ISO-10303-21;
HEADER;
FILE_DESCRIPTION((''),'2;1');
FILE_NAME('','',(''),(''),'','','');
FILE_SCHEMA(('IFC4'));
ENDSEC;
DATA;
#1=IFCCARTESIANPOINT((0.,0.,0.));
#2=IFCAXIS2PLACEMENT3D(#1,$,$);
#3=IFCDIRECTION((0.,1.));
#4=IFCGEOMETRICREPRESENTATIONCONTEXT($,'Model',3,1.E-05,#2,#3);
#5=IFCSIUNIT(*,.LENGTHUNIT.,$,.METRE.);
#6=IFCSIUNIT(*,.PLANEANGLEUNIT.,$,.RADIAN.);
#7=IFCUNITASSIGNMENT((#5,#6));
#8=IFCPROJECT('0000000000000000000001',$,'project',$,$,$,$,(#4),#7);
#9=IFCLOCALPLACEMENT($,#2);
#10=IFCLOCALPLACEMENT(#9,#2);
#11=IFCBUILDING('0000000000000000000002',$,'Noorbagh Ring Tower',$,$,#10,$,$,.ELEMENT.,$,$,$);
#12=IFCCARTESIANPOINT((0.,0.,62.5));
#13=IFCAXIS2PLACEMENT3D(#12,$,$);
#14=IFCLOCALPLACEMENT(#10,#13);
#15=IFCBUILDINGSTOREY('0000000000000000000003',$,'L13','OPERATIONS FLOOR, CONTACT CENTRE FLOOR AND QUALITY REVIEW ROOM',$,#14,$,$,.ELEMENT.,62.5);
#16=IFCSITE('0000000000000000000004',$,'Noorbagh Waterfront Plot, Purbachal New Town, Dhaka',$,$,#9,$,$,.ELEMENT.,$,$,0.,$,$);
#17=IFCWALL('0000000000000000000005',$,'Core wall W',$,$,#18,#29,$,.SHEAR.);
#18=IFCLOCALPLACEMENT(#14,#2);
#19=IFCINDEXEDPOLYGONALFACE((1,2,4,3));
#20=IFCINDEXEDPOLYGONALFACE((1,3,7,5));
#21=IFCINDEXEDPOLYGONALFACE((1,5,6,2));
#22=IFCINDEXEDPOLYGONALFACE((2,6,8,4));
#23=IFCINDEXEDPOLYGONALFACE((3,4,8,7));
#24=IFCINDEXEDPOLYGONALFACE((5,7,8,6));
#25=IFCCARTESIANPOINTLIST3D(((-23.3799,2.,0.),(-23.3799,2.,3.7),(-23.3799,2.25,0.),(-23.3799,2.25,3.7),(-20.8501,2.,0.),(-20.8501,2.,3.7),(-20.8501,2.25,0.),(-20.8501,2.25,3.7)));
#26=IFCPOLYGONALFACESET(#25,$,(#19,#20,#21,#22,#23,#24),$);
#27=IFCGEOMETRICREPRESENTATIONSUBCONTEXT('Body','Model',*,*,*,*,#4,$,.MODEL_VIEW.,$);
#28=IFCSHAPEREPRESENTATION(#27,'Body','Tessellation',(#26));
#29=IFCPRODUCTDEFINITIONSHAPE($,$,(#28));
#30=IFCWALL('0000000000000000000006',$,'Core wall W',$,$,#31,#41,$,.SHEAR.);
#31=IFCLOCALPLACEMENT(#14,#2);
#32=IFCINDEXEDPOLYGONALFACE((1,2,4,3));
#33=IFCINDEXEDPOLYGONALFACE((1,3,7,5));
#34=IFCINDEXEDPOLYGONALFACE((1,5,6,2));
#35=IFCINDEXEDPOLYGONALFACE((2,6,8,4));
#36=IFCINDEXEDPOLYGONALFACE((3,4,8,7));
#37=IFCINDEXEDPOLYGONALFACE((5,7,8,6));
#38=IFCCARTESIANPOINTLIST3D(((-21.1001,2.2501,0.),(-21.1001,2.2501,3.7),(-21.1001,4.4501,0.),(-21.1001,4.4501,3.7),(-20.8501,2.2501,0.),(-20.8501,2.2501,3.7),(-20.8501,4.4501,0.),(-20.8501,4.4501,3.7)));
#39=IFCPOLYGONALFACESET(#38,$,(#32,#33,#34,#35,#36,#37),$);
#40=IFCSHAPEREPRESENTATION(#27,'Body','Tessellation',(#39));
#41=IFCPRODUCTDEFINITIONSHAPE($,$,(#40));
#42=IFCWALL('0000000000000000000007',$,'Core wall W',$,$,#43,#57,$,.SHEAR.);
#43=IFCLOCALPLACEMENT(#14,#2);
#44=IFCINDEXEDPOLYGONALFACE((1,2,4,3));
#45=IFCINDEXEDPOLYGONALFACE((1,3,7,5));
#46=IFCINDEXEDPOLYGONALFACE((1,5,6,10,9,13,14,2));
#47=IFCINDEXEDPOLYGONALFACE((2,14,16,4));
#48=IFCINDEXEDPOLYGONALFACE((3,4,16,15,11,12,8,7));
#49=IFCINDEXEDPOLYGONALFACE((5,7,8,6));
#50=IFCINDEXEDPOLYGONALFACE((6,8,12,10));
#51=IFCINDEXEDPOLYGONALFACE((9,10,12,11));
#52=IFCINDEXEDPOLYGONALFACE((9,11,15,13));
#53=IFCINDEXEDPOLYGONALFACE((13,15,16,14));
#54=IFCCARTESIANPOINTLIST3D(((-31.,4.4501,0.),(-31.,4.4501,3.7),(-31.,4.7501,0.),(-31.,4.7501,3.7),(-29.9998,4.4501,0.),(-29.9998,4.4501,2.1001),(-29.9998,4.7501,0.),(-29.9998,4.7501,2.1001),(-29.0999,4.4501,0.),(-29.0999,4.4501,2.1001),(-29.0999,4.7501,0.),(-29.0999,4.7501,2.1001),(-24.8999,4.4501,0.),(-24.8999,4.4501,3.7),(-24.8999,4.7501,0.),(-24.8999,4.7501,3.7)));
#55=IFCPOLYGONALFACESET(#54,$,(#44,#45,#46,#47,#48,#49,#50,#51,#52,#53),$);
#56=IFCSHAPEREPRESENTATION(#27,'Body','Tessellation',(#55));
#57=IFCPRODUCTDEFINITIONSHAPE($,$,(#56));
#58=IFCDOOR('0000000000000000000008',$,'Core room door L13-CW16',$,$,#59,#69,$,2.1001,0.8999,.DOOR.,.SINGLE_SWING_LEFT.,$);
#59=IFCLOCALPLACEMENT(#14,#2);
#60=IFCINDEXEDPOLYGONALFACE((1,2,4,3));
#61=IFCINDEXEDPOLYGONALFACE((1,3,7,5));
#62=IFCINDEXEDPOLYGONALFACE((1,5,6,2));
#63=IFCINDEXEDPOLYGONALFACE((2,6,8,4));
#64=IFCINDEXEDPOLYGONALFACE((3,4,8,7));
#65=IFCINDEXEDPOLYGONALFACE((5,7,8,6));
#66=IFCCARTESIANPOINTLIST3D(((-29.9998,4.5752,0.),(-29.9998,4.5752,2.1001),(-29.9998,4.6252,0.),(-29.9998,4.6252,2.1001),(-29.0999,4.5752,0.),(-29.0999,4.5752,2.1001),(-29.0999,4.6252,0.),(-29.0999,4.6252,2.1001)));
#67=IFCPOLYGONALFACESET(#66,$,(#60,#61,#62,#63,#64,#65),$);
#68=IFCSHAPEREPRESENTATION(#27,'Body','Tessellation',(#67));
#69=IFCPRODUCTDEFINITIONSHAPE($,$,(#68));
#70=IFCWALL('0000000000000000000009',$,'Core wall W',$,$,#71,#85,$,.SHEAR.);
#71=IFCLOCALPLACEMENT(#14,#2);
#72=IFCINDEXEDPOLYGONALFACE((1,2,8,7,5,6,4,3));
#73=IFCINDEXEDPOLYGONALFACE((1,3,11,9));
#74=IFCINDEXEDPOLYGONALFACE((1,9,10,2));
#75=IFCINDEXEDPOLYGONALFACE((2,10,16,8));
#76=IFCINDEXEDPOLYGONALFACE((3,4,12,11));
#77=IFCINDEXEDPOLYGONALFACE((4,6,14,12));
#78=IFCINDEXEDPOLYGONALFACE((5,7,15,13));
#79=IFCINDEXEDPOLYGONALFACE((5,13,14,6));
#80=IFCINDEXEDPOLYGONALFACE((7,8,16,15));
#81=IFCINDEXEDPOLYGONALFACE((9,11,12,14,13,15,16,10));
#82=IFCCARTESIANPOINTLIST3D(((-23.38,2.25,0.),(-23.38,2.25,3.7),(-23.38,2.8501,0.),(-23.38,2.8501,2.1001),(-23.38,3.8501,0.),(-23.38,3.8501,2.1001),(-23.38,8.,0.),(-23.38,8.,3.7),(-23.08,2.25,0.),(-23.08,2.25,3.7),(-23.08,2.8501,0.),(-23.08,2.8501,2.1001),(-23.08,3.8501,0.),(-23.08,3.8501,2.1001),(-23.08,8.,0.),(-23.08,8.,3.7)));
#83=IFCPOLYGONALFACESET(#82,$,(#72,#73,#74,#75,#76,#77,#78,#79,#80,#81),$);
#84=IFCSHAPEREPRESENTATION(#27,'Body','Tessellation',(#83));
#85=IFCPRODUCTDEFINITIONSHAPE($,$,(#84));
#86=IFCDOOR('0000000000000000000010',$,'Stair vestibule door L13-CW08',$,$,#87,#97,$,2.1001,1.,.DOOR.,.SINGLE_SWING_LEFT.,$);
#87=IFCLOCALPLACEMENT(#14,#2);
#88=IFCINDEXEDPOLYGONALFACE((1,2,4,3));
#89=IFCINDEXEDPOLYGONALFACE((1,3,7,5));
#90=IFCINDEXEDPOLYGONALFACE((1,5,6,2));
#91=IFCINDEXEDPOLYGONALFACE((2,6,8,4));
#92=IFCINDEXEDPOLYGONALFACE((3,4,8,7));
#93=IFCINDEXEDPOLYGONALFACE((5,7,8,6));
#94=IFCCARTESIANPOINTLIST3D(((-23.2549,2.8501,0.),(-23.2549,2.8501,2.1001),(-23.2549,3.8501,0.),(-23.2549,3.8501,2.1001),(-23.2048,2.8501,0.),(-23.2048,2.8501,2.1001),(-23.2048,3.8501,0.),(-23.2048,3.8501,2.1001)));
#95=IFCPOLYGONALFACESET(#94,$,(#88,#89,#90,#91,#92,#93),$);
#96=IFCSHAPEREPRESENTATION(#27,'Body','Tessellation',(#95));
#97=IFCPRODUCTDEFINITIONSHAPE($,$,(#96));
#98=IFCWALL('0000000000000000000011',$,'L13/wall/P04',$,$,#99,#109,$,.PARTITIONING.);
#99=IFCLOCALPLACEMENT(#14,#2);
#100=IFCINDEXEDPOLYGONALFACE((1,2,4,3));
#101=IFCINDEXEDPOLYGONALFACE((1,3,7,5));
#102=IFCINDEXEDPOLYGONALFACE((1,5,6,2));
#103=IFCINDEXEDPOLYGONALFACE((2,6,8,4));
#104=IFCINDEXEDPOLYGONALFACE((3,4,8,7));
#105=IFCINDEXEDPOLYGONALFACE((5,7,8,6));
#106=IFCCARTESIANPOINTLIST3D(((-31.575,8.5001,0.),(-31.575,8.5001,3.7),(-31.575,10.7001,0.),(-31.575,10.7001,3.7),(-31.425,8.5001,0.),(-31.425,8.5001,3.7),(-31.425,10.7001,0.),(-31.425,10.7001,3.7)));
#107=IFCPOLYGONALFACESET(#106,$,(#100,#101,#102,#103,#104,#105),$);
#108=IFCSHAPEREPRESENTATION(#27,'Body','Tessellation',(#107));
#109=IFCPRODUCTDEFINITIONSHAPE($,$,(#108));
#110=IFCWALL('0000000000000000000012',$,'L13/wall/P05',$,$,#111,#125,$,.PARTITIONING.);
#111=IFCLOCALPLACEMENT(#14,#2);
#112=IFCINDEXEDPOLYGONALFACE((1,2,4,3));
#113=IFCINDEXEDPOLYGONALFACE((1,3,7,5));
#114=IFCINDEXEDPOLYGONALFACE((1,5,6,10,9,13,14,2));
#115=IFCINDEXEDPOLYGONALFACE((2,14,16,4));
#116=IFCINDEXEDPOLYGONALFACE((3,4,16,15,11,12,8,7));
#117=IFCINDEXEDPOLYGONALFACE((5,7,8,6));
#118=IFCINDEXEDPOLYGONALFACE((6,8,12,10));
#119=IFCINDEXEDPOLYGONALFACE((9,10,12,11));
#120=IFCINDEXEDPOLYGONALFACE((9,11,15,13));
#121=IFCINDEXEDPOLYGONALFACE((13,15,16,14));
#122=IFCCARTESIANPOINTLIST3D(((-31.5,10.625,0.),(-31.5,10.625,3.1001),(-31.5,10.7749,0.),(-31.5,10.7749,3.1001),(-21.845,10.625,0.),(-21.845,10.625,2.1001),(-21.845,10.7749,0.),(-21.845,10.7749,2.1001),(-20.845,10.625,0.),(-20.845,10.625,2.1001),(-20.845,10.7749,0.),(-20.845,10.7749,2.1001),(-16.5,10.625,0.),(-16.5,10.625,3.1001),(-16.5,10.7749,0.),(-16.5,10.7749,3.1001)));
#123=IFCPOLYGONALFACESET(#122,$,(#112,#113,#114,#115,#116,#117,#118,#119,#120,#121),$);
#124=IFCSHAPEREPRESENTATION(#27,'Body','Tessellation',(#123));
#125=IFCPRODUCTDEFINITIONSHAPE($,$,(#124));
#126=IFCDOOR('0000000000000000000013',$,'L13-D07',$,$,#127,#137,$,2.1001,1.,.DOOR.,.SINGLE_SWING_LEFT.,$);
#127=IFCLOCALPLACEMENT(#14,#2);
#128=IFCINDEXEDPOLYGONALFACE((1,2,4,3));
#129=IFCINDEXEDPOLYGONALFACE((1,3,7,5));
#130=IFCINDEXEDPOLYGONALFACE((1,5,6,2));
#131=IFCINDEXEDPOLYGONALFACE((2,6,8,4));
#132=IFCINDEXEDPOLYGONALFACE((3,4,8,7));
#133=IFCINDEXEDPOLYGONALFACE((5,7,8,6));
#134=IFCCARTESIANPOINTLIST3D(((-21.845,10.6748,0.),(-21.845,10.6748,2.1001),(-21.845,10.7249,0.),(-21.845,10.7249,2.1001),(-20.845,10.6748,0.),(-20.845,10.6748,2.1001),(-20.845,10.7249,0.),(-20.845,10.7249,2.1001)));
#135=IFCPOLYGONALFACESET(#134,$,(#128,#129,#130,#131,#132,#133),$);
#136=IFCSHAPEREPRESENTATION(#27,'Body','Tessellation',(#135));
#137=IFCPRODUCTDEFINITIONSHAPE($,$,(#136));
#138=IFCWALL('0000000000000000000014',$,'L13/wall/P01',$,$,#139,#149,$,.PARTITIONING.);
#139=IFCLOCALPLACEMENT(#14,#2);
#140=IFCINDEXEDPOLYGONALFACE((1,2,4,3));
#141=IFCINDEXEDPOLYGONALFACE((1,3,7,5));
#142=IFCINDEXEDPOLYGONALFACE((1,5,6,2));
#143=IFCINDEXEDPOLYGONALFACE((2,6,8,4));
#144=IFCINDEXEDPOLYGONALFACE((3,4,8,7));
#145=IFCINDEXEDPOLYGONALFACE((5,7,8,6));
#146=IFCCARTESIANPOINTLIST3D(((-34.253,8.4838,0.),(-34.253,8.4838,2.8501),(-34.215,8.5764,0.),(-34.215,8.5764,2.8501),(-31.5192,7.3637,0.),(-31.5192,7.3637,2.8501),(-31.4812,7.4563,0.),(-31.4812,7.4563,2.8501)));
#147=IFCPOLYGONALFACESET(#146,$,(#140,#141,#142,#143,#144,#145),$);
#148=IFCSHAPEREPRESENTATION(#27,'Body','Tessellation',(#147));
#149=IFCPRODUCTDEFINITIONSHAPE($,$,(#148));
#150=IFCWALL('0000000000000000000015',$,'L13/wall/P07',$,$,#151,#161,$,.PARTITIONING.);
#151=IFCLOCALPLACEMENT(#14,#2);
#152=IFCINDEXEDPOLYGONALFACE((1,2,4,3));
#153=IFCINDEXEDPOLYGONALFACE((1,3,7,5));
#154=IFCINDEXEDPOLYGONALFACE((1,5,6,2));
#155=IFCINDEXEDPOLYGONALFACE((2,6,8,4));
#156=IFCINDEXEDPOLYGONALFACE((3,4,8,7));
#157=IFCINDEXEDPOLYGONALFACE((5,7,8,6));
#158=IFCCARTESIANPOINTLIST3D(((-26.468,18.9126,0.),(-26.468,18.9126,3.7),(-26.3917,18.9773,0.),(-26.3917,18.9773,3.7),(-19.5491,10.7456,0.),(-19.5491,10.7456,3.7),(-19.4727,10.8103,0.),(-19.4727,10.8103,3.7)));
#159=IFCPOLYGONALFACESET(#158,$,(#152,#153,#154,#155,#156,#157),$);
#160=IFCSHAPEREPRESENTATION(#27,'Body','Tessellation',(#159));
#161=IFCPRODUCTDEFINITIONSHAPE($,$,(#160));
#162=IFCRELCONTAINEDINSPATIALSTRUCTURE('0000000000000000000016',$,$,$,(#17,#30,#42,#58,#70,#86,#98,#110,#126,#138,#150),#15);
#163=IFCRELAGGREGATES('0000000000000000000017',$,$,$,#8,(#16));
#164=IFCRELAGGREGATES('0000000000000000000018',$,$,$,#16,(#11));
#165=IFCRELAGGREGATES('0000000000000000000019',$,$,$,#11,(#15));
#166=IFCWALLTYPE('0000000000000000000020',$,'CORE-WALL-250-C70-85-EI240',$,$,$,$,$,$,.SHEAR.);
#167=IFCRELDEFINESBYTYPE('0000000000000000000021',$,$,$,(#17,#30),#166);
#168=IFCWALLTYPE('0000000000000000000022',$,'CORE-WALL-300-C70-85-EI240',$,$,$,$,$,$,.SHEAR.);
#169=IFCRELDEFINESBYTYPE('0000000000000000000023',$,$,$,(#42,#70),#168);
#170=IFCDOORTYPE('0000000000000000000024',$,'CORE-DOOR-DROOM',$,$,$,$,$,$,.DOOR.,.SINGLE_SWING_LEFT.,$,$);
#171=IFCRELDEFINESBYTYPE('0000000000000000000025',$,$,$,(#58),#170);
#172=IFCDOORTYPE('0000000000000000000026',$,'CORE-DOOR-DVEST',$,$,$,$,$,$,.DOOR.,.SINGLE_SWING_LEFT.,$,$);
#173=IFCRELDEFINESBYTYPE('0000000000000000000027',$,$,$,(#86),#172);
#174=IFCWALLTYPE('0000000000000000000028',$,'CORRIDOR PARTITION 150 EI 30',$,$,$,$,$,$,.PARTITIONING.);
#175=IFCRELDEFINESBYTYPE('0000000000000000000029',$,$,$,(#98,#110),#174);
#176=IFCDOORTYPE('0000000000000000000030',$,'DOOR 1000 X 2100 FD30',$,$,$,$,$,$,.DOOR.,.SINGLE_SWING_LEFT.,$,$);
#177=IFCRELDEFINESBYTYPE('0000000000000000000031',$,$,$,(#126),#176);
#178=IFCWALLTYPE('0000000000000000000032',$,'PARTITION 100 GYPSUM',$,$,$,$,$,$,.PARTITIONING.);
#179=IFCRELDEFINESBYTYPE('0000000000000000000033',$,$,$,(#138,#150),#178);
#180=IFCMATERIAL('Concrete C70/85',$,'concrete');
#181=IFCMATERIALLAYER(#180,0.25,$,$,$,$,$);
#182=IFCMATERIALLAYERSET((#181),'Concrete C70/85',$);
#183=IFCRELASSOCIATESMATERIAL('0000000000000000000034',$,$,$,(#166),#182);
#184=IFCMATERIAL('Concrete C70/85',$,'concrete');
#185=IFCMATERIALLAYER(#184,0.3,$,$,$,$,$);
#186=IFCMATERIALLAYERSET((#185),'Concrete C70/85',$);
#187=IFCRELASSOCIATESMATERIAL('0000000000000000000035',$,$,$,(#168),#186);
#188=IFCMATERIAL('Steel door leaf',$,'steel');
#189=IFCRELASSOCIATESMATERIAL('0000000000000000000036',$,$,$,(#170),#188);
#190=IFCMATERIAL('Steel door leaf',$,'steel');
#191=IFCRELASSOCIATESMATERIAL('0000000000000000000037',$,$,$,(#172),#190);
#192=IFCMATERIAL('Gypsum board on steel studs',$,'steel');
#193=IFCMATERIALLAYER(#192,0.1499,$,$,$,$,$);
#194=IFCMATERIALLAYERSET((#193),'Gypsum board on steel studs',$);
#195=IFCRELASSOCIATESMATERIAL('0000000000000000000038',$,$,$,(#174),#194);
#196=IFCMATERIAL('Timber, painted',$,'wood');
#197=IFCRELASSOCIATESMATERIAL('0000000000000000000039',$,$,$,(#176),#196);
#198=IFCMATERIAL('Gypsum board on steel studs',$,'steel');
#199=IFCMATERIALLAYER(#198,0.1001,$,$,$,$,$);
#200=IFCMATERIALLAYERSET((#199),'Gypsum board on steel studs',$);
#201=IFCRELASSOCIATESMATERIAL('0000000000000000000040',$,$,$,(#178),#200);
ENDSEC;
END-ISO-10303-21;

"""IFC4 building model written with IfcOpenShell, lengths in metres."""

from ifc_helpers import new_model, si_unit, direction, frame, frame_2d, origin, place, context, subcontext, project, spatial, rectangle, extrude, material, layer, layer_set, type_object, element, fill, save


model = new_model("IFC4")

# Units and contexts
model_context = context("Model", 3, precision=1e-05, world=origin(), true_north=direction((0.0, 1.0)))
body_context = subcontext(model_context, "Body", "Model", "MODEL_VIEW")
ifc_project = project(units=[si_unit("LENGTHUNIT", "METRE"), si_unit("PLANEANGLEUNIT", "RADIAN")], contexts=[model_context])

# Site, building, storey
site_placement = place(None, origin())
site = spatial("IfcSite", under=ifc_project, at=site_placement, Name="Noorbagh Waterfront Plot, Purbachal New Town, Dhaka", CompositionType="ELEMENT", RefElevation=0.0)
building_placement = place(site_placement, origin())
building = spatial("IfcBuilding", under=site, at=building_placement, Name="Noorbagh Ring Tower", CompositionType="ELEMENT")
storey_placement = place(building_placement, frame((0.0, 0.0, 62.5)))
storey = spatial("IfcBuildingStorey", under=building, at=storey_placement, Name="L13", Description="OPERATIONS FLOOR, CONTACT CENTRE FLOOR AND QUALITY REVIEW ROOM", CompositionType="ELEMENT", Elevation=62.5)

# Walls
ifc_material_1 = material(Name="Concrete C70/85", Category="concrete")
ifc_layer_1 = layer(ifc_material_1, 0.25)
ifc_layer_set_1 = layer_set([ifc_layer_1], Name="Concrete C70/85")
wall_type_1 = type_object("IfcWallType", Name="CORE-WALL-250-C70-85-EI240", PredefinedType="SHEAR", material=ifc_layer_set_1)
wall_1_placement = place(storey_placement, frame((-20.8501, 2.125, 0.0), z_axis=(0.0, 0.0, 1.0), x_axis=(-1.0, 0.0, 0.0)))
element("IfcWall", 1, at=wall_1_placement, inside=storey, type_object=wall_type_1, Name="Core wall W", PredefinedType="SHEAR", context=body_context, shape_type="SweptSolid", body=[
    extrude(rectangle(XDim=2.5298, YDim=0.25, at=frame_2d((1.2649, 0.0))), origin(), (0.0, 0.0, 1.0), 3.7),
])
wall_2_placement = place(storey_placement, frame((-20.9751, 2.25, 0.0), z_axis=(0.0, 0.0, 1.0), x_axis=(0.0, 1.0, 0.0)))
element("IfcWall", 2, at=wall_2_placement, inside=storey, type_object=wall_type_1, Name="Core wall W", PredefinedType="SHEAR", context=body_context, shape_type="SweptSolid", body=[
    extrude(rectangle(XDim=2.2, YDim=0.25, at=frame_2d((1.1001, 0.0))), origin(), (0.0, 0.0, 1.0), 3.7),
])

# Walls, openings, doors
ifc_material_2 = material(Name="Concrete C70/85", Category="concrete")
ifc_layer_2 = layer(ifc_material_2, 0.3)
ifc_layer_set_2 = layer_set([ifc_layer_2], Name="Concrete C70/85")
wall_type_2 = type_object("IfcWallType", Name="CORE-WALL-300-C70-85-EI240", PredefinedType="SHEAR", material=ifc_layer_set_2)
wall_3_placement = place(storey_placement, frame((-24.8999, 4.6001, 0.0), z_axis=(0.0, 0.0, 1.0), x_axis=(-1.0, 0.0, 0.0)))
wall_3 = element("IfcWall", 3, at=wall_3_placement, inside=storey, type_object=wall_type_2, Name="Core wall W", PredefinedType="SHEAR", context=body_context, shape_type="SweptSolid", body=[
    extrude(rectangle(XDim=6.1001, YDim=0.3, at=frame_2d((3.05, 0.0))), origin(), (0.0, 0.0, 1.0), 3.7),
])
opening_1_placement = place(wall_3_placement, frame((4.2, 0.0, 0.0)))
opening_1 = element("IfcOpeningElement", 4, at=opening_1_placement, cuts=wall_3, PredefinedType="OPENING", context=body_context, shape_type="SweptSolid", body=[
    extrude(rectangle(XDim=0.8999, YDim=2.1001, at=frame_2d((0.45, 1.05))), frame((0.0, 0.1602, 0.0), z_axis=(0.0, -1.0, 0.0), x_axis=(1.0, 0.0, 0.0)), (0.0, 0.0, 1.0), 0.3201),
])
ifc_material_3 = material(Name="Steel door leaf", Category="steel")
door_type_1 = type_object("IfcDoorType", Name="CORE-DOOR-DROOM", OperationType="SINGLE_SWING_LEFT", PredefinedType="DOOR", material=ifc_material_3)
door_1_placement = place(opening_1_placement, origin())
door_1 = element("IfcDoor", 5, at=door_1_placement, inside=storey, type_object=door_type_1, Name="Core room door L13-CW16", OperationType="SINGLE_SWING_LEFT", OverallHeight=2.1001, OverallWidth=0.8999, PredefinedType="DOOR", context=body_context, shape_type="SweptSolid", body=[
    extrude(rectangle(XDim=0.8999, YDim=2.1001, at=frame_2d((0.45, 1.05))), frame((0.0, 0.0249, 0.0), z_axis=(0.0, -1.0, 0.0), x_axis=(1.0, 0.0, 0.0)), (0.0, 0.0, 1.0), 0.05),
])
fill(opening_1, door_1)
wall_4_placement = place(storey_placement, frame((-23.23, 2.25, 0.0), z_axis=(0.0, 0.0, 1.0), x_axis=(0.0, 1.0, 0.0)))
wall_4 = element("IfcWall", 6, at=wall_4_placement, inside=storey, type_object=wall_type_2, Name="Core wall W", PredefinedType="SHEAR", context=body_context, shape_type="SweptSolid", body=[
    extrude(rectangle(XDim=5.75, YDim=0.3, at=frame_2d((2.875, 0.0))), origin(), (0.0, 0.0, 1.0), 3.7),
])
opening_2_placement = place(wall_4_placement, frame((0.6001, 0.0, 0.0)))
opening_2 = element("IfcOpeningElement", 7, at=opening_2_placement, cuts=wall_4, PredefinedType="OPENING", context=body_context, shape_type="SweptSolid", body=[
    extrude(rectangle(XDim=1.0, YDim=2.1001, at=frame_2d((0.5, 1.05))), frame((0.0, 0.1602, 0.0), z_axis=(0.0, -1.0, 0.0), x_axis=(1.0, 0.0, 0.0)), (0.0, 0.0, 1.0), 0.3201),
])
ifc_material_4 = material(Name="Steel door leaf", Category="steel")
door_type_2 = type_object("IfcDoorType", Name="CORE-DOOR-DVEST", OperationType="SINGLE_SWING_LEFT", PredefinedType="DOOR", material=ifc_material_4)
door_2_placement = place(opening_2_placement, origin())
door_2 = element("IfcDoor", 8, at=door_2_placement, inside=storey, type_object=door_type_2, Name="Stair vestibule door L13-CW08", OperationType="SINGLE_SWING_LEFT", OverallHeight=2.1001, OverallWidth=1.0, PredefinedType="DOOR", context=body_context, shape_type="SweptSolid", body=[
    extrude(rectangle(XDim=1.0, YDim=2.1001, at=frame_2d((0.5, 1.05))), frame((0.0, 0.0249, 0.0), z_axis=(0.0, -1.0, 0.0), x_axis=(1.0, 0.0, 0.0)), (0.0, 0.0, 1.0), 0.05),
])
fill(opening_2, door_2)

# Wall
ifc_material_5 = material(Name="Gypsum board on steel studs", Category="steel")
ifc_layer_3 = layer(ifc_material_5, 0.1499)
ifc_layer_set_3 = layer_set([ifc_layer_3], Name="Gypsum board on steel studs")
wall_type_3 = type_object("IfcWallType", Name="CORRIDOR PARTITION 150 EI 30", PredefinedType="PARTITIONING", material=ifc_layer_set_3)
wall_5_placement = place(storey_placement, frame((-31.5, 8.5, 0.0), z_axis=(0.0, 0.0, 1.0), x_axis=(0.0, 1.0, 0.0)))
element("IfcWall", 9, at=wall_5_placement, inside=storey, type_object=wall_type_3, Name="L13/wall/P04", PredefinedType="PARTITIONING", context=body_context, shape_type="SweptSolid", body=[
    extrude(rectangle(XDim=2.2, YDim=0.1499, at=frame_2d((1.1001, 0.0))), origin(), (0.0, 0.0, 1.0), 3.7),
])

# Wall, opening, door
wall_6_placement = place(storey_placement, frame((-31.5, 10.7, 0.0), z_axis=(0.0, 0.0, 1.0), x_axis=(1.0, 0.0, 0.0)))
wall_6 = element("IfcWall", 10, at=wall_6_placement, inside=storey, type_object=wall_type_3, Name="L13/wall/P05", PredefinedType="PARTITIONING", context=body_context, shape_type="SweptSolid", body=[
    extrude(rectangle(XDim=15.0, YDim=0.1499, at=frame_2d((7.5, 0.0))), origin(), (0.0, 0.0, 1.0), 3.1001),
])
opening_3_placement = place(wall_6_placement, frame((9.655, 0.0, 0.0)))
opening_3 = element("IfcOpeningElement", 11, at=opening_3_placement, cuts=wall_6, PredefinedType="OPENING", context=body_context, shape_type="SweptSolid", body=[
    extrude(rectangle(XDim=1.0, YDim=2.1001, at=frame_2d((0.5, 1.05))), frame((0.0, 0.085, 0.0), z_axis=(0.0, -1.0, 0.0), x_axis=(1.0, 0.0, 0.0)), (0.0, 0.0, 1.0), 0.1699),
])
ifc_material_6 = material(Name="Timber, painted", Category="wood")
door_type_3 = type_object("IfcDoorType", Name="DOOR 1000 X 2100 FD30", OperationType="SINGLE_SWING_LEFT", PredefinedType="DOOR", material=ifc_material_6)
door_3_placement = place(opening_3_placement, origin())
door_3 = element("IfcDoor", 12, at=door_3_placement, inside=storey, type_object=door_type_3, Name="L13-D07", OperationType="SINGLE_SWING_LEFT", OverallHeight=2.1001, OverallWidth=1.0, PredefinedType="DOOR", context=body_context, shape_type="SweptSolid", body=[
    extrude(rectangle(XDim=1.0, YDim=2.1001, at=frame_2d((0.5, 1.05))), frame((0.0, 0.0249, 0.0), z_axis=(0.0, -1.0, 0.0), x_axis=(1.0, 0.0, 0.0)), (0.0, 0.0, 1.0), 0.05),
])
fill(opening_3, door_3)

# Walls
ifc_material_7 = material(Name="Gypsum board on steel studs", Category="steel")
ifc_layer_4 = layer(ifc_material_7, 0.1001)
ifc_layer_set_4 = layer_set([ifc_layer_4], Name="Gypsum board on steel studs")
wall_type_4 = type_object("IfcWallType", Name="PARTITION 100 GYPSUM", PredefinedType="PARTITIONING", material=ifc_layer_set_4)
wall_7_placement = place(storey_placement, frame((-34.2339, 8.53, 0.0), z_axis=(0.0, 0.0, 1.0), x_axis=(0.925344, -0.379128, 0.0)))
element("IfcWall", 13, at=wall_7_placement, inside=storey, type_object=wall_type_4, Name="L13/wall/P01", PredefinedType="PARTITIONING", context=body_context, shape_type="SweptSolid", body=[
    extrude(rectangle(XDim=2.9543, YDim=0.1001, at=frame_2d((1.4771, 0.0))), origin(), (0.0, 0.0, 1.0), 2.8501),
])
wall_8_placement = place(storey_placement, frame((-26.4299, 18.9451, 0.0), z_axis=(0.0, 0.0, 1.0), x_axis=(0.6464, -0.762999, 0.0)))
element("IfcWall", 14, at=wall_8_placement, inside=storey, type_object=wall_type_4, Name="L13/wall/P07", PredefinedType="PARTITIONING", context=body_context, shape_type="SweptSolid", body=[
    extrude(rectangle(XDim=10.7039, YDim=0.1001, at=frame_2d((5.3521, 0.0))), origin(), (0.0, 0.0, 1.0), 3.7),
])

save(model, "model.ifc")
